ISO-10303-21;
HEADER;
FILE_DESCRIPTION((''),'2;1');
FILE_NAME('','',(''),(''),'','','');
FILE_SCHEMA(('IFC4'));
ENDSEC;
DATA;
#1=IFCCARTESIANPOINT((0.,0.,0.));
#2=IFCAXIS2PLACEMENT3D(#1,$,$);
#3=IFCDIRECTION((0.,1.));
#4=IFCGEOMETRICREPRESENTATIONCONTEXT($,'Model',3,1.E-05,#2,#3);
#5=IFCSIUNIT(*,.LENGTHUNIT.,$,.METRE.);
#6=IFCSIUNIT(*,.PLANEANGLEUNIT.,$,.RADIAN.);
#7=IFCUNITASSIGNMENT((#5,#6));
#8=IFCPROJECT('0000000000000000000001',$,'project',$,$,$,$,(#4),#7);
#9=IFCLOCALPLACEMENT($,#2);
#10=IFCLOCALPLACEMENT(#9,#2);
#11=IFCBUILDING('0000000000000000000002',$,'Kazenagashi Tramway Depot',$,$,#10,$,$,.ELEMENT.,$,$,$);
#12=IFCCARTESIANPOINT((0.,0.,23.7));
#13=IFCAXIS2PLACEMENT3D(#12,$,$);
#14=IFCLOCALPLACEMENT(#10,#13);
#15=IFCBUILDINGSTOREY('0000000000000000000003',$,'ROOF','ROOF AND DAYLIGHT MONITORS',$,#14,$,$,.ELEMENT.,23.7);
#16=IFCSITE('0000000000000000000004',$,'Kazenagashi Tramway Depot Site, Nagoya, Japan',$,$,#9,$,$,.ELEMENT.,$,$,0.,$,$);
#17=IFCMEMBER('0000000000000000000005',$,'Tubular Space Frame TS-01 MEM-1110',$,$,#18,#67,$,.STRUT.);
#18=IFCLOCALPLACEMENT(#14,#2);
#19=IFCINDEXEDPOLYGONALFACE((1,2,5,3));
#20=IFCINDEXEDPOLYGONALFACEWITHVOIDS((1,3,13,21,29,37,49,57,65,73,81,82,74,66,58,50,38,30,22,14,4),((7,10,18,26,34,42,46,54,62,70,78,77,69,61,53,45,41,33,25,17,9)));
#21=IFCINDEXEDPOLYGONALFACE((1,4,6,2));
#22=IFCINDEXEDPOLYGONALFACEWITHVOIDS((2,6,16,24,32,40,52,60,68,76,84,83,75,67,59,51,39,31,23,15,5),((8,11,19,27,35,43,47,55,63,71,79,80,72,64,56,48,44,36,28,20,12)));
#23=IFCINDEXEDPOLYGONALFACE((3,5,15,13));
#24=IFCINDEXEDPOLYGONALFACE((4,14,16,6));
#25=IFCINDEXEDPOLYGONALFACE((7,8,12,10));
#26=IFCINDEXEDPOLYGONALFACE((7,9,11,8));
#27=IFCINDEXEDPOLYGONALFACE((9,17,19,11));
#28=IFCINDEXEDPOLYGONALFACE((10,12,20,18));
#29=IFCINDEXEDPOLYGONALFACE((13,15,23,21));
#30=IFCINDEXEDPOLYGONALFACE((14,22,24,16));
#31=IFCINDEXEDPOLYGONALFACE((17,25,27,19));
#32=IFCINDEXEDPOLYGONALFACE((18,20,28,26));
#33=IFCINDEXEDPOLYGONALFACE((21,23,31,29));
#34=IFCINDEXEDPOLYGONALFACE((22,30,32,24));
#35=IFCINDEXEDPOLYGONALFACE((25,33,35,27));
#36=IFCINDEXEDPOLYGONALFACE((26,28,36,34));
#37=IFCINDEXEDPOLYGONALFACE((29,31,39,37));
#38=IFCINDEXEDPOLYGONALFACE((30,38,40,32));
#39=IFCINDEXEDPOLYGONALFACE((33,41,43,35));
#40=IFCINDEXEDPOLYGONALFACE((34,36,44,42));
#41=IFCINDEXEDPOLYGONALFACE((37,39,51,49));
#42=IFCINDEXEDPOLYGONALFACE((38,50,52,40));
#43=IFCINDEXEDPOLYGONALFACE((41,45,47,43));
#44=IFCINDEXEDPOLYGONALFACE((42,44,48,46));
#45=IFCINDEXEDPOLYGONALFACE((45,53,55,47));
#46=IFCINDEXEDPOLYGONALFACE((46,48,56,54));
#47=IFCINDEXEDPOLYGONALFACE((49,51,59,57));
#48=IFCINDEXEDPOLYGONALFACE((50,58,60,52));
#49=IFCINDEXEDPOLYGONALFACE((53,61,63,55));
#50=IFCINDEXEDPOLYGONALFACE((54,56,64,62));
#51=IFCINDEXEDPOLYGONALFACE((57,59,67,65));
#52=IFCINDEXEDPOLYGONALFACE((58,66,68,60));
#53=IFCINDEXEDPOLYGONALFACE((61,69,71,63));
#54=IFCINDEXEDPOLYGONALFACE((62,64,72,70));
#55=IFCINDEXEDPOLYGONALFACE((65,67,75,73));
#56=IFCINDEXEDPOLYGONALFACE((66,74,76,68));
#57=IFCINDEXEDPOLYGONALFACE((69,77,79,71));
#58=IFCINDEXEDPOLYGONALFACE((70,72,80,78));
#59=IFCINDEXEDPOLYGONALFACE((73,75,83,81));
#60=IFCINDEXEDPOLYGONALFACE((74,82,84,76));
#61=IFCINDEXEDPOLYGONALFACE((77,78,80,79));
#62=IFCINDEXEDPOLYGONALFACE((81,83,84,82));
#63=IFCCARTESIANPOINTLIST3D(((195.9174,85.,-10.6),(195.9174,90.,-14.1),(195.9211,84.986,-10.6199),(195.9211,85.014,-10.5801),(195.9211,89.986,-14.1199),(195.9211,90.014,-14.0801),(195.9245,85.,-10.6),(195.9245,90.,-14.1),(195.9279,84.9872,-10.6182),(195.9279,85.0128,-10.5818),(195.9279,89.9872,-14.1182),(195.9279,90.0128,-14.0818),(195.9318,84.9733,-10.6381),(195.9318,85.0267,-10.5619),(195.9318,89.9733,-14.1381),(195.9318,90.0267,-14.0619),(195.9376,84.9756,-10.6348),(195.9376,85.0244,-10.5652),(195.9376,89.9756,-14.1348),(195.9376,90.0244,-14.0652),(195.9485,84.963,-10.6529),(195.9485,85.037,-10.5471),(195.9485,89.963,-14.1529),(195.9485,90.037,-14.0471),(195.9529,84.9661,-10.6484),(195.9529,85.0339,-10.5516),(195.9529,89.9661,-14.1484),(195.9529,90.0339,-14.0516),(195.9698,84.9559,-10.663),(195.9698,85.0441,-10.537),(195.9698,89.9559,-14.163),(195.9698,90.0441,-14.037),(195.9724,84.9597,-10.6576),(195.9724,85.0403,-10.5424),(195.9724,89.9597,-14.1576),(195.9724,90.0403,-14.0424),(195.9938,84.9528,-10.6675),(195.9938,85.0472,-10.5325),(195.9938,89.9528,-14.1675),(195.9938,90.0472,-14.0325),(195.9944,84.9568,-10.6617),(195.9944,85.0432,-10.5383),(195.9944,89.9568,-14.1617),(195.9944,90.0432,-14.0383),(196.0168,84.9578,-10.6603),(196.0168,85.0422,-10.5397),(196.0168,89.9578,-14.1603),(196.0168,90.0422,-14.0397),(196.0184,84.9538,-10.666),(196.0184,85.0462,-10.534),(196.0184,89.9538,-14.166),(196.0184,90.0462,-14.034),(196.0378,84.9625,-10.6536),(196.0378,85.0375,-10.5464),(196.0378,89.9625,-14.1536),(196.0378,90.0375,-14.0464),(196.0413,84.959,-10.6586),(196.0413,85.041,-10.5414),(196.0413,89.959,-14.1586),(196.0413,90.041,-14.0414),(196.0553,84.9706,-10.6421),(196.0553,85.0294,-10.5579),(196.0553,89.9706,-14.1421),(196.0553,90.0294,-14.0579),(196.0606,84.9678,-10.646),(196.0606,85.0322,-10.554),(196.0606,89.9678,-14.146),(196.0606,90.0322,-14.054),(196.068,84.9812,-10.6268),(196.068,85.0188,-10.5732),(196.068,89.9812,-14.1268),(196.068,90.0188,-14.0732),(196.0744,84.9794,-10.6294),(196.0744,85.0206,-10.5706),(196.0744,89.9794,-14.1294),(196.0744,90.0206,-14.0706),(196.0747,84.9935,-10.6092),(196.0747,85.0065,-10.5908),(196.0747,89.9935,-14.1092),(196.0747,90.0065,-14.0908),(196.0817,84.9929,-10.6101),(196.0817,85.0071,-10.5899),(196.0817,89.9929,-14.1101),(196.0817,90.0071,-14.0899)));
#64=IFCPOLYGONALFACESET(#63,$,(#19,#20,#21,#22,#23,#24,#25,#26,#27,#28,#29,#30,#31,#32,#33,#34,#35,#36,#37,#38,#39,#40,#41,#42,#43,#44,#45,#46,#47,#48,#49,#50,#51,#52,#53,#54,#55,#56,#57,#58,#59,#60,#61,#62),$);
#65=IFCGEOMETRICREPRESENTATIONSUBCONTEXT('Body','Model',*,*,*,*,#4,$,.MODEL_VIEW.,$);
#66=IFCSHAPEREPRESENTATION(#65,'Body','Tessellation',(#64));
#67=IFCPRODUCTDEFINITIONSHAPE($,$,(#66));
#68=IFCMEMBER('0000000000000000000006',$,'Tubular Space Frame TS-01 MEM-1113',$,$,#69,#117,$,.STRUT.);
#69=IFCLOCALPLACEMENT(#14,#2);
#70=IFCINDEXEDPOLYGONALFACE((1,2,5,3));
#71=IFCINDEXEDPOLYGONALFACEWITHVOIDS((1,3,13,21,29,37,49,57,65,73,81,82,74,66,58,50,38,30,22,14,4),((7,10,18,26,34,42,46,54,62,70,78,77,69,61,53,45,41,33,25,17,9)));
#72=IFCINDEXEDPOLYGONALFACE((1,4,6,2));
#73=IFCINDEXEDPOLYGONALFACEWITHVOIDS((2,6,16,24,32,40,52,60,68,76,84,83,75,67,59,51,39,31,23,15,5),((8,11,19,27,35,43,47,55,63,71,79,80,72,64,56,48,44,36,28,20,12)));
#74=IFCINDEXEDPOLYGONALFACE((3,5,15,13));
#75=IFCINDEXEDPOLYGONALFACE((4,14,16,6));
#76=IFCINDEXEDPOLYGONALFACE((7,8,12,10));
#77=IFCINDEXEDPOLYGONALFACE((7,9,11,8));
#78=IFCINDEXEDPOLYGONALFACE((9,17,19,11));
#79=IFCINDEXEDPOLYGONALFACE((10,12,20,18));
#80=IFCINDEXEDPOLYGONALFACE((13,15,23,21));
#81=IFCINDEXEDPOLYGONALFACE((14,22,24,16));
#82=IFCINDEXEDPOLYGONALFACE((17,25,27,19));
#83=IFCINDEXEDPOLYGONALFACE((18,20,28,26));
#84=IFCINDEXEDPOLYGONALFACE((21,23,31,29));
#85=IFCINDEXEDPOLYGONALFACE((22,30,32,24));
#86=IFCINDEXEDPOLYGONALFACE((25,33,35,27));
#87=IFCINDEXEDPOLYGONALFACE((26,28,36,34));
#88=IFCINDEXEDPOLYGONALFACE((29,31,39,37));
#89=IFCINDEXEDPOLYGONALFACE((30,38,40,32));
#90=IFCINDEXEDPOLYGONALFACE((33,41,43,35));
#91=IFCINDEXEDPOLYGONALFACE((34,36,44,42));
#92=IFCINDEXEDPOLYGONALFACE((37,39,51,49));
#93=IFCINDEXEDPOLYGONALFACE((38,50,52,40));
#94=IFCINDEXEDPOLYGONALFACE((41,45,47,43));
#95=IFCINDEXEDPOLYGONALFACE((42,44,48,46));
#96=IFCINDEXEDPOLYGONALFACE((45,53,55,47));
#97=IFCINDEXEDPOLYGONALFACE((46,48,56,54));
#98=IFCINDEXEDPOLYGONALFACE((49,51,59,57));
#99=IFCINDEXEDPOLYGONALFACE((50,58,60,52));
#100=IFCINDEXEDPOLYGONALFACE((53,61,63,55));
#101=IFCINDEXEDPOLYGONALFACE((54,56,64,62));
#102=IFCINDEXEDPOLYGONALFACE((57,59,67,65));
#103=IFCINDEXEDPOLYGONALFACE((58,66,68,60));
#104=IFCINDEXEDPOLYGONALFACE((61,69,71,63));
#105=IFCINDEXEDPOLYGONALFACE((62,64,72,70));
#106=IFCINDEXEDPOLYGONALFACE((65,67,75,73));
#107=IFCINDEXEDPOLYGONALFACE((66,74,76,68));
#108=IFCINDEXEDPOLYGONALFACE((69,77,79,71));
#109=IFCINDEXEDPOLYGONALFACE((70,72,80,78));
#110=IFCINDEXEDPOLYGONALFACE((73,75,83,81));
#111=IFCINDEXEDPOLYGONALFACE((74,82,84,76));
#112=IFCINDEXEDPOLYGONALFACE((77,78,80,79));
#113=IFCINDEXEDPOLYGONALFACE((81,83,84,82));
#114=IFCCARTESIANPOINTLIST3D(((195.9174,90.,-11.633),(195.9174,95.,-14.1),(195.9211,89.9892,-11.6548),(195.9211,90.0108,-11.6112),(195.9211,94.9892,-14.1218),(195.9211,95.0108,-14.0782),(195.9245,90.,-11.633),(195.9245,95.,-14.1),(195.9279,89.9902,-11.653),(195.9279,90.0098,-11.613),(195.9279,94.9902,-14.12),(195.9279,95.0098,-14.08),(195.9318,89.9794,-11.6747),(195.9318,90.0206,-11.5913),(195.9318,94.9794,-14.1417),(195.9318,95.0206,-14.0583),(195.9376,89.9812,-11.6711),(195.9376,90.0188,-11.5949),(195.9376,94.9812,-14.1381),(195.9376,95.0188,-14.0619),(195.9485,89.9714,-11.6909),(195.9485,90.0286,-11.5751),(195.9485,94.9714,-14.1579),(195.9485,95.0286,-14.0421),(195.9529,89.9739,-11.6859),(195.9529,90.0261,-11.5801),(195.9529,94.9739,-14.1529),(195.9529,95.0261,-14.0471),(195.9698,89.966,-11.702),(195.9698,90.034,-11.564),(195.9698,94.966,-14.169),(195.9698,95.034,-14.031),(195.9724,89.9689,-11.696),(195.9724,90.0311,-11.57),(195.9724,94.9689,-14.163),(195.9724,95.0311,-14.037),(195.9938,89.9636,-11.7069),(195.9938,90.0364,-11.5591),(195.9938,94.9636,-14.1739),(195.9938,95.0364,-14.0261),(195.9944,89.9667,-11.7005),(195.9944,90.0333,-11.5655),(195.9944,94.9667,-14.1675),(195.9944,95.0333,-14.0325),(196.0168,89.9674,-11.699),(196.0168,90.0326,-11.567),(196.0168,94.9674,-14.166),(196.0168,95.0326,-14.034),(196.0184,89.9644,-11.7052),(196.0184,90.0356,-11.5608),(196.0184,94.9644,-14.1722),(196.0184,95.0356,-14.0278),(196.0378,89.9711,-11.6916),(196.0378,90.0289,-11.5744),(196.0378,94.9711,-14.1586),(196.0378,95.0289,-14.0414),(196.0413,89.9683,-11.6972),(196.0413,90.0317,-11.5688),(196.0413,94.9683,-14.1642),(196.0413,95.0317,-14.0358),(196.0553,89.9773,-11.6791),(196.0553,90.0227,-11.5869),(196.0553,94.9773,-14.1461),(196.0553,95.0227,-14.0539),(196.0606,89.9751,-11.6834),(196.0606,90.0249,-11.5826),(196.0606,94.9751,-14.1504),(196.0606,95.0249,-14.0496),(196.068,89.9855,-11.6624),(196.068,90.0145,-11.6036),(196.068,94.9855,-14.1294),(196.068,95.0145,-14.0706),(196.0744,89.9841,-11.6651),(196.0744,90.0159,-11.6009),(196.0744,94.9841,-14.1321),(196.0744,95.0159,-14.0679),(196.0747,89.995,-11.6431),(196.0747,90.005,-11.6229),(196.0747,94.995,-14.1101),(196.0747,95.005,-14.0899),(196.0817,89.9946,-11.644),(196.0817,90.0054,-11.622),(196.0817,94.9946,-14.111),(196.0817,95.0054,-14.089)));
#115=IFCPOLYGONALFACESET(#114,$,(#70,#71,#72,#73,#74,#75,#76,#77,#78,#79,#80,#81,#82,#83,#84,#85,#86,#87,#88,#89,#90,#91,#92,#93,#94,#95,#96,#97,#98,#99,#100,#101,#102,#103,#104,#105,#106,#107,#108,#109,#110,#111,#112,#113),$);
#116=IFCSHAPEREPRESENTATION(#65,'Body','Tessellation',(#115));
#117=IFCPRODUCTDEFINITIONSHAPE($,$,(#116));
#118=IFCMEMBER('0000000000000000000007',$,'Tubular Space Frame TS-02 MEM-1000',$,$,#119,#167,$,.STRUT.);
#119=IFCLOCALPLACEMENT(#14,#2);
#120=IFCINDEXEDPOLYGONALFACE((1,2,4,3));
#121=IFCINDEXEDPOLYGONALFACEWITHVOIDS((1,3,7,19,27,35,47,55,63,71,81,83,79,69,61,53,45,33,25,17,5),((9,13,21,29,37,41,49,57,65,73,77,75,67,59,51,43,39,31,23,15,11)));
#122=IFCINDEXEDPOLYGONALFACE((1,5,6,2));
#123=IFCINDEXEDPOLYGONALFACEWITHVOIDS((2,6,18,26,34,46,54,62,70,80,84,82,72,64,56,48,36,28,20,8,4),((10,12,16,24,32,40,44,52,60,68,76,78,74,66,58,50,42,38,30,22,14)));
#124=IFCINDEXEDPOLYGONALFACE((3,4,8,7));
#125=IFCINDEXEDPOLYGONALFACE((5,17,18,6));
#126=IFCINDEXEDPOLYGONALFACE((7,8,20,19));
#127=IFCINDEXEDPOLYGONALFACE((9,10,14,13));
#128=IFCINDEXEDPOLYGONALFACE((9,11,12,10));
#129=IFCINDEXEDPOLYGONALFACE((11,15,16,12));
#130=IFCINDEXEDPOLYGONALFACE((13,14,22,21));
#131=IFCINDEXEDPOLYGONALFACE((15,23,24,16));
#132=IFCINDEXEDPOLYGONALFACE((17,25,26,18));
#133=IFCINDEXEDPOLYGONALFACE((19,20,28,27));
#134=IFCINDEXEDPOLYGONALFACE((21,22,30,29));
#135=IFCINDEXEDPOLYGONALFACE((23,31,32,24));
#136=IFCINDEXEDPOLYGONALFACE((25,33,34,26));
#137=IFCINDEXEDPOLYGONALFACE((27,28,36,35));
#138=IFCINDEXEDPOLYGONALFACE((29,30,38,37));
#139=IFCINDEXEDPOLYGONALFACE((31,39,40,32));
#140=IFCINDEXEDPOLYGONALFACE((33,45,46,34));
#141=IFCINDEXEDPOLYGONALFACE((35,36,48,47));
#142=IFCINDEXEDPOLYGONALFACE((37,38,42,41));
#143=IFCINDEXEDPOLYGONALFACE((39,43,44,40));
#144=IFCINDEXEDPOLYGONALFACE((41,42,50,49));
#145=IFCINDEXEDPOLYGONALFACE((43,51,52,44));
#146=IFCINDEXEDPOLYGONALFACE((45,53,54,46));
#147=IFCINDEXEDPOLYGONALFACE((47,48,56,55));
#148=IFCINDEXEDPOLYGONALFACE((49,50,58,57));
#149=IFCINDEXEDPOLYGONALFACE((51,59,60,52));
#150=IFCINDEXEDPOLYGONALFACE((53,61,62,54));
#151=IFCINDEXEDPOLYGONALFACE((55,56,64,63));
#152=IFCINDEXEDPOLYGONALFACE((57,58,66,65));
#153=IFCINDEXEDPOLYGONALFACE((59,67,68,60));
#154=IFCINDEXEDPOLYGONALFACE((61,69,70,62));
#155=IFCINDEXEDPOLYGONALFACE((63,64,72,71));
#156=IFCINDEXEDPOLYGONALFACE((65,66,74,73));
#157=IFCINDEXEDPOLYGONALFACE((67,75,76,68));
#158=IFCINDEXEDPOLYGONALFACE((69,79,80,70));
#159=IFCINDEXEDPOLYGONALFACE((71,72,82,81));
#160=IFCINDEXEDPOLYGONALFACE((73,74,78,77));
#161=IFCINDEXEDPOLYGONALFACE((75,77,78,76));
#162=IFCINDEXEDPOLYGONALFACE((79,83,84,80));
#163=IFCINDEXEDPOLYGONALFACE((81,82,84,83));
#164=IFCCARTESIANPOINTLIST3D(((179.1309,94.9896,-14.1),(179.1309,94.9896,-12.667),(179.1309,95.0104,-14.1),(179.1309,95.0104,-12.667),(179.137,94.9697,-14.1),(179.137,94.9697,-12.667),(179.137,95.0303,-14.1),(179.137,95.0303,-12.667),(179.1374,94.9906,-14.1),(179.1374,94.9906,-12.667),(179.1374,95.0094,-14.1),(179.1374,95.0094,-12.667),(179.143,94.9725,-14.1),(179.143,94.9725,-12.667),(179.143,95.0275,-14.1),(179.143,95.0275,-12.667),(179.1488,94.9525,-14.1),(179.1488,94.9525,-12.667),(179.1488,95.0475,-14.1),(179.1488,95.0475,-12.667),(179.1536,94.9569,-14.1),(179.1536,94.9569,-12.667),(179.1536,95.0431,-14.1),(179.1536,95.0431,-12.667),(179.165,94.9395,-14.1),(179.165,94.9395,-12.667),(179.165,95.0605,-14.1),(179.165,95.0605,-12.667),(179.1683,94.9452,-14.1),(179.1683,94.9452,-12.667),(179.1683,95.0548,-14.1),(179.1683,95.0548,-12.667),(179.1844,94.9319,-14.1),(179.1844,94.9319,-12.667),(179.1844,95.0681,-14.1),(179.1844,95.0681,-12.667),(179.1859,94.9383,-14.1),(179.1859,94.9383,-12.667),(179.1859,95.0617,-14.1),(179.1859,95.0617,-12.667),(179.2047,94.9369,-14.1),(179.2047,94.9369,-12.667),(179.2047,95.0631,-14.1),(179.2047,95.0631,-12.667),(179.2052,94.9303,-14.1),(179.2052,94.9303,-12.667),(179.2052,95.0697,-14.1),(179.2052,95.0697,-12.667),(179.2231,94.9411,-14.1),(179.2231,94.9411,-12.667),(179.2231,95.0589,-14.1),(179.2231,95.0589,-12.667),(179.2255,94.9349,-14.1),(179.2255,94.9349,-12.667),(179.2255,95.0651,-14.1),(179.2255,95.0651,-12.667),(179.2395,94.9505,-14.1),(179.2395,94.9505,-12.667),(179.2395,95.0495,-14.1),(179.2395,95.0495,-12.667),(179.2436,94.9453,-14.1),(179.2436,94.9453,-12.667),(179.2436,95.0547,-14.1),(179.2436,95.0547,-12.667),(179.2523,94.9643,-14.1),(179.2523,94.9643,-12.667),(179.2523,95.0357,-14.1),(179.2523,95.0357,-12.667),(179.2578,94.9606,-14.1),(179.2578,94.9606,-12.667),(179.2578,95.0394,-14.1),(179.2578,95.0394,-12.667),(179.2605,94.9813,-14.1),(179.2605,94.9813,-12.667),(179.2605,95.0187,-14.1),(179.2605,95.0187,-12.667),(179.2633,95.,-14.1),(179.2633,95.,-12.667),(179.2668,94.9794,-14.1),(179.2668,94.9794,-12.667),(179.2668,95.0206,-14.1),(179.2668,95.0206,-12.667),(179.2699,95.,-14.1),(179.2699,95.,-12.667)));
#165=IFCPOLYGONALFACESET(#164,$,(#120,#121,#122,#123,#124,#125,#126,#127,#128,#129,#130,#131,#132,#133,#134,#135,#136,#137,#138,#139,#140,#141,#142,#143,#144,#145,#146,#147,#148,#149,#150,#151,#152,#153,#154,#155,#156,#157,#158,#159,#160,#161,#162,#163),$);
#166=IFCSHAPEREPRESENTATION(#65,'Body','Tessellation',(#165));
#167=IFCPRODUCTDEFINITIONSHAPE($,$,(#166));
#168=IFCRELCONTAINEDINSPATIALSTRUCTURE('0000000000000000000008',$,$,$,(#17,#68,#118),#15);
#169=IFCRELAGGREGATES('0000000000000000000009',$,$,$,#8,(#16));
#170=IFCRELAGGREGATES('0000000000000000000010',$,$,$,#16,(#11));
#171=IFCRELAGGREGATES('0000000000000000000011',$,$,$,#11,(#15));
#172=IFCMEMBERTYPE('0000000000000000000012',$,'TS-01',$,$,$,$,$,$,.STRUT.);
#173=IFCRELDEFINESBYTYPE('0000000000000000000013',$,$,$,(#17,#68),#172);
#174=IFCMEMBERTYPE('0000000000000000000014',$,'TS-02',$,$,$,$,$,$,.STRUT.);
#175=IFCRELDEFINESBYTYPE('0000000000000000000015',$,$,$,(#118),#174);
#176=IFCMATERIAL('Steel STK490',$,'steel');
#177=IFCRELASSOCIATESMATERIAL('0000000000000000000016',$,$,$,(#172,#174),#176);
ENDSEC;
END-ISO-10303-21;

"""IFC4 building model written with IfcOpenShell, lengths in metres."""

from ifc_helpers import new_model, si_unit, direction, frame, origin, origin_2d, place, context, subcontext, project, spatial, hollow_circle, extrude, material, material_profile, profile_set, type_object, element, save


model = new_model("IFC4")

# Units and contexts
model_context = context("Model", 3, precision=1e-05, world=origin(), true_north=direction((0.0, 1.0)))
body_context = subcontext(model_context, "Body", "Model", "MODEL_VIEW")
ifc_project = project(units=[si_unit("LENGTHUNIT", "METRE"), si_unit("PLANEANGLEUNIT", "RADIAN")], contexts=[model_context])

# Site, building, storey
site_placement = place(None, origin())
site = spatial("IfcSite", under=ifc_project, at=site_placement, Name="Kazenagashi Tramway Depot Site, Nagoya, Japan", CompositionType="ELEMENT", RefElevation=0.0)
building_placement = place(site_placement, origin())
building = spatial("IfcBuilding", under=site, at=building_placement, Name="Kazenagashi Tramway Depot", CompositionType="ELEMENT")
storey_placement = place(building_placement, frame((0.0, 0.0, 23.7)))
storey = spatial("IfcBuildingStorey", under=building, at=storey_placement, Name="ROOF", Description="ROOF AND DAYLIGHT MONITORS", CompositionType="ELEMENT", Elevation=23.7)

# Members
ifc_material_1 = material(Name="Steel STK490", Category="steel")
ifc_material_profile_1 = material_profile(ifc_material_1, hollow_circle(Radius=0.0826, WallThickness=0.0071, at=origin_2d()), Name="CHS-165.2x7.1")
ifc_profile_set_1 = profile_set([ifc_material_profile_1], Name="Steel STK490")
member_type_1 = type_object("IfcMemberType", Name="TS-01", PredefinedType="STRUT", material=ifc_profile_set_1)
member_1_placement = place(storey_placement, frame((196.0, 85.0, -10.6), z_axis=(0.0, 0.819232, -0.573462), x_axis=(-1.0, 0.0, 0.0)))
element("IfcMember", 1, at=member_1_placement, inside=storey, type_object=member_type_1, Name="Tubular Space Frame TS-01 MEM-1110", PredefinedType="STRUT", context=body_context, shape_type="SweptSolid", body=[
    extrude(hollow_circle(Radius=0.0826, WallThickness=0.0071, at=origin_2d()), origin(), (0.0, 0.0, 1.0), 6.1033),
])
member_2_placement = place(storey_placement, frame((196.0, 90.0, -11.633), z_axis=(0.0, 0.896782, -0.442472), x_axis=(-1.0, 0.0, 0.0)))
element("IfcMember", 2, at=member_2_placement, inside=storey, type_object=member_type_1, Name="Tubular Space Frame TS-01 MEM-1113", PredefinedType="STRUT", context=body_context, shape_type="SweptSolid", body=[
    extrude(hollow_circle(Radius=0.0826, WallThickness=0.0071, at=origin_2d()), origin(), (0.0, 0.0, 1.0), 5.5755),
])
ifc_material_profile_2 = material_profile(ifc_material_1, hollow_circle(Radius=0.0699, WallThickness=0.0066, at=origin_2d()), Name="CHS-139.8x6.6")
ifc_profile_set_2 = profile_set([ifc_material_profile_2], Name="Steel STK490")
member_type_2 = type_object("IfcMemberType", Name="TS-02", PredefinedType="STRUT", material=ifc_profile_set_2)
member_3_placement = place(storey_placement, frame((179.2, 95.0, -14.1), z_axis=(0.0, 0.0, 1.0), x_axis=(1.0, 0.0, 0.0)))
element("IfcMember", 3, at=member_3_placement, inside=storey, type_object=member_type_2, Name="Tubular Space Frame TS-02 MEM-1000", PredefinedType="STRUT", context=body_context, shape_type="SweptSolid", body=[
    extrude(hollow_circle(Radius=0.0699, WallThickness=0.0066, at=origin_2d()), origin(), (0.0, 0.0, 1.0), 1.433),
])

save(model, "model.ifc")
